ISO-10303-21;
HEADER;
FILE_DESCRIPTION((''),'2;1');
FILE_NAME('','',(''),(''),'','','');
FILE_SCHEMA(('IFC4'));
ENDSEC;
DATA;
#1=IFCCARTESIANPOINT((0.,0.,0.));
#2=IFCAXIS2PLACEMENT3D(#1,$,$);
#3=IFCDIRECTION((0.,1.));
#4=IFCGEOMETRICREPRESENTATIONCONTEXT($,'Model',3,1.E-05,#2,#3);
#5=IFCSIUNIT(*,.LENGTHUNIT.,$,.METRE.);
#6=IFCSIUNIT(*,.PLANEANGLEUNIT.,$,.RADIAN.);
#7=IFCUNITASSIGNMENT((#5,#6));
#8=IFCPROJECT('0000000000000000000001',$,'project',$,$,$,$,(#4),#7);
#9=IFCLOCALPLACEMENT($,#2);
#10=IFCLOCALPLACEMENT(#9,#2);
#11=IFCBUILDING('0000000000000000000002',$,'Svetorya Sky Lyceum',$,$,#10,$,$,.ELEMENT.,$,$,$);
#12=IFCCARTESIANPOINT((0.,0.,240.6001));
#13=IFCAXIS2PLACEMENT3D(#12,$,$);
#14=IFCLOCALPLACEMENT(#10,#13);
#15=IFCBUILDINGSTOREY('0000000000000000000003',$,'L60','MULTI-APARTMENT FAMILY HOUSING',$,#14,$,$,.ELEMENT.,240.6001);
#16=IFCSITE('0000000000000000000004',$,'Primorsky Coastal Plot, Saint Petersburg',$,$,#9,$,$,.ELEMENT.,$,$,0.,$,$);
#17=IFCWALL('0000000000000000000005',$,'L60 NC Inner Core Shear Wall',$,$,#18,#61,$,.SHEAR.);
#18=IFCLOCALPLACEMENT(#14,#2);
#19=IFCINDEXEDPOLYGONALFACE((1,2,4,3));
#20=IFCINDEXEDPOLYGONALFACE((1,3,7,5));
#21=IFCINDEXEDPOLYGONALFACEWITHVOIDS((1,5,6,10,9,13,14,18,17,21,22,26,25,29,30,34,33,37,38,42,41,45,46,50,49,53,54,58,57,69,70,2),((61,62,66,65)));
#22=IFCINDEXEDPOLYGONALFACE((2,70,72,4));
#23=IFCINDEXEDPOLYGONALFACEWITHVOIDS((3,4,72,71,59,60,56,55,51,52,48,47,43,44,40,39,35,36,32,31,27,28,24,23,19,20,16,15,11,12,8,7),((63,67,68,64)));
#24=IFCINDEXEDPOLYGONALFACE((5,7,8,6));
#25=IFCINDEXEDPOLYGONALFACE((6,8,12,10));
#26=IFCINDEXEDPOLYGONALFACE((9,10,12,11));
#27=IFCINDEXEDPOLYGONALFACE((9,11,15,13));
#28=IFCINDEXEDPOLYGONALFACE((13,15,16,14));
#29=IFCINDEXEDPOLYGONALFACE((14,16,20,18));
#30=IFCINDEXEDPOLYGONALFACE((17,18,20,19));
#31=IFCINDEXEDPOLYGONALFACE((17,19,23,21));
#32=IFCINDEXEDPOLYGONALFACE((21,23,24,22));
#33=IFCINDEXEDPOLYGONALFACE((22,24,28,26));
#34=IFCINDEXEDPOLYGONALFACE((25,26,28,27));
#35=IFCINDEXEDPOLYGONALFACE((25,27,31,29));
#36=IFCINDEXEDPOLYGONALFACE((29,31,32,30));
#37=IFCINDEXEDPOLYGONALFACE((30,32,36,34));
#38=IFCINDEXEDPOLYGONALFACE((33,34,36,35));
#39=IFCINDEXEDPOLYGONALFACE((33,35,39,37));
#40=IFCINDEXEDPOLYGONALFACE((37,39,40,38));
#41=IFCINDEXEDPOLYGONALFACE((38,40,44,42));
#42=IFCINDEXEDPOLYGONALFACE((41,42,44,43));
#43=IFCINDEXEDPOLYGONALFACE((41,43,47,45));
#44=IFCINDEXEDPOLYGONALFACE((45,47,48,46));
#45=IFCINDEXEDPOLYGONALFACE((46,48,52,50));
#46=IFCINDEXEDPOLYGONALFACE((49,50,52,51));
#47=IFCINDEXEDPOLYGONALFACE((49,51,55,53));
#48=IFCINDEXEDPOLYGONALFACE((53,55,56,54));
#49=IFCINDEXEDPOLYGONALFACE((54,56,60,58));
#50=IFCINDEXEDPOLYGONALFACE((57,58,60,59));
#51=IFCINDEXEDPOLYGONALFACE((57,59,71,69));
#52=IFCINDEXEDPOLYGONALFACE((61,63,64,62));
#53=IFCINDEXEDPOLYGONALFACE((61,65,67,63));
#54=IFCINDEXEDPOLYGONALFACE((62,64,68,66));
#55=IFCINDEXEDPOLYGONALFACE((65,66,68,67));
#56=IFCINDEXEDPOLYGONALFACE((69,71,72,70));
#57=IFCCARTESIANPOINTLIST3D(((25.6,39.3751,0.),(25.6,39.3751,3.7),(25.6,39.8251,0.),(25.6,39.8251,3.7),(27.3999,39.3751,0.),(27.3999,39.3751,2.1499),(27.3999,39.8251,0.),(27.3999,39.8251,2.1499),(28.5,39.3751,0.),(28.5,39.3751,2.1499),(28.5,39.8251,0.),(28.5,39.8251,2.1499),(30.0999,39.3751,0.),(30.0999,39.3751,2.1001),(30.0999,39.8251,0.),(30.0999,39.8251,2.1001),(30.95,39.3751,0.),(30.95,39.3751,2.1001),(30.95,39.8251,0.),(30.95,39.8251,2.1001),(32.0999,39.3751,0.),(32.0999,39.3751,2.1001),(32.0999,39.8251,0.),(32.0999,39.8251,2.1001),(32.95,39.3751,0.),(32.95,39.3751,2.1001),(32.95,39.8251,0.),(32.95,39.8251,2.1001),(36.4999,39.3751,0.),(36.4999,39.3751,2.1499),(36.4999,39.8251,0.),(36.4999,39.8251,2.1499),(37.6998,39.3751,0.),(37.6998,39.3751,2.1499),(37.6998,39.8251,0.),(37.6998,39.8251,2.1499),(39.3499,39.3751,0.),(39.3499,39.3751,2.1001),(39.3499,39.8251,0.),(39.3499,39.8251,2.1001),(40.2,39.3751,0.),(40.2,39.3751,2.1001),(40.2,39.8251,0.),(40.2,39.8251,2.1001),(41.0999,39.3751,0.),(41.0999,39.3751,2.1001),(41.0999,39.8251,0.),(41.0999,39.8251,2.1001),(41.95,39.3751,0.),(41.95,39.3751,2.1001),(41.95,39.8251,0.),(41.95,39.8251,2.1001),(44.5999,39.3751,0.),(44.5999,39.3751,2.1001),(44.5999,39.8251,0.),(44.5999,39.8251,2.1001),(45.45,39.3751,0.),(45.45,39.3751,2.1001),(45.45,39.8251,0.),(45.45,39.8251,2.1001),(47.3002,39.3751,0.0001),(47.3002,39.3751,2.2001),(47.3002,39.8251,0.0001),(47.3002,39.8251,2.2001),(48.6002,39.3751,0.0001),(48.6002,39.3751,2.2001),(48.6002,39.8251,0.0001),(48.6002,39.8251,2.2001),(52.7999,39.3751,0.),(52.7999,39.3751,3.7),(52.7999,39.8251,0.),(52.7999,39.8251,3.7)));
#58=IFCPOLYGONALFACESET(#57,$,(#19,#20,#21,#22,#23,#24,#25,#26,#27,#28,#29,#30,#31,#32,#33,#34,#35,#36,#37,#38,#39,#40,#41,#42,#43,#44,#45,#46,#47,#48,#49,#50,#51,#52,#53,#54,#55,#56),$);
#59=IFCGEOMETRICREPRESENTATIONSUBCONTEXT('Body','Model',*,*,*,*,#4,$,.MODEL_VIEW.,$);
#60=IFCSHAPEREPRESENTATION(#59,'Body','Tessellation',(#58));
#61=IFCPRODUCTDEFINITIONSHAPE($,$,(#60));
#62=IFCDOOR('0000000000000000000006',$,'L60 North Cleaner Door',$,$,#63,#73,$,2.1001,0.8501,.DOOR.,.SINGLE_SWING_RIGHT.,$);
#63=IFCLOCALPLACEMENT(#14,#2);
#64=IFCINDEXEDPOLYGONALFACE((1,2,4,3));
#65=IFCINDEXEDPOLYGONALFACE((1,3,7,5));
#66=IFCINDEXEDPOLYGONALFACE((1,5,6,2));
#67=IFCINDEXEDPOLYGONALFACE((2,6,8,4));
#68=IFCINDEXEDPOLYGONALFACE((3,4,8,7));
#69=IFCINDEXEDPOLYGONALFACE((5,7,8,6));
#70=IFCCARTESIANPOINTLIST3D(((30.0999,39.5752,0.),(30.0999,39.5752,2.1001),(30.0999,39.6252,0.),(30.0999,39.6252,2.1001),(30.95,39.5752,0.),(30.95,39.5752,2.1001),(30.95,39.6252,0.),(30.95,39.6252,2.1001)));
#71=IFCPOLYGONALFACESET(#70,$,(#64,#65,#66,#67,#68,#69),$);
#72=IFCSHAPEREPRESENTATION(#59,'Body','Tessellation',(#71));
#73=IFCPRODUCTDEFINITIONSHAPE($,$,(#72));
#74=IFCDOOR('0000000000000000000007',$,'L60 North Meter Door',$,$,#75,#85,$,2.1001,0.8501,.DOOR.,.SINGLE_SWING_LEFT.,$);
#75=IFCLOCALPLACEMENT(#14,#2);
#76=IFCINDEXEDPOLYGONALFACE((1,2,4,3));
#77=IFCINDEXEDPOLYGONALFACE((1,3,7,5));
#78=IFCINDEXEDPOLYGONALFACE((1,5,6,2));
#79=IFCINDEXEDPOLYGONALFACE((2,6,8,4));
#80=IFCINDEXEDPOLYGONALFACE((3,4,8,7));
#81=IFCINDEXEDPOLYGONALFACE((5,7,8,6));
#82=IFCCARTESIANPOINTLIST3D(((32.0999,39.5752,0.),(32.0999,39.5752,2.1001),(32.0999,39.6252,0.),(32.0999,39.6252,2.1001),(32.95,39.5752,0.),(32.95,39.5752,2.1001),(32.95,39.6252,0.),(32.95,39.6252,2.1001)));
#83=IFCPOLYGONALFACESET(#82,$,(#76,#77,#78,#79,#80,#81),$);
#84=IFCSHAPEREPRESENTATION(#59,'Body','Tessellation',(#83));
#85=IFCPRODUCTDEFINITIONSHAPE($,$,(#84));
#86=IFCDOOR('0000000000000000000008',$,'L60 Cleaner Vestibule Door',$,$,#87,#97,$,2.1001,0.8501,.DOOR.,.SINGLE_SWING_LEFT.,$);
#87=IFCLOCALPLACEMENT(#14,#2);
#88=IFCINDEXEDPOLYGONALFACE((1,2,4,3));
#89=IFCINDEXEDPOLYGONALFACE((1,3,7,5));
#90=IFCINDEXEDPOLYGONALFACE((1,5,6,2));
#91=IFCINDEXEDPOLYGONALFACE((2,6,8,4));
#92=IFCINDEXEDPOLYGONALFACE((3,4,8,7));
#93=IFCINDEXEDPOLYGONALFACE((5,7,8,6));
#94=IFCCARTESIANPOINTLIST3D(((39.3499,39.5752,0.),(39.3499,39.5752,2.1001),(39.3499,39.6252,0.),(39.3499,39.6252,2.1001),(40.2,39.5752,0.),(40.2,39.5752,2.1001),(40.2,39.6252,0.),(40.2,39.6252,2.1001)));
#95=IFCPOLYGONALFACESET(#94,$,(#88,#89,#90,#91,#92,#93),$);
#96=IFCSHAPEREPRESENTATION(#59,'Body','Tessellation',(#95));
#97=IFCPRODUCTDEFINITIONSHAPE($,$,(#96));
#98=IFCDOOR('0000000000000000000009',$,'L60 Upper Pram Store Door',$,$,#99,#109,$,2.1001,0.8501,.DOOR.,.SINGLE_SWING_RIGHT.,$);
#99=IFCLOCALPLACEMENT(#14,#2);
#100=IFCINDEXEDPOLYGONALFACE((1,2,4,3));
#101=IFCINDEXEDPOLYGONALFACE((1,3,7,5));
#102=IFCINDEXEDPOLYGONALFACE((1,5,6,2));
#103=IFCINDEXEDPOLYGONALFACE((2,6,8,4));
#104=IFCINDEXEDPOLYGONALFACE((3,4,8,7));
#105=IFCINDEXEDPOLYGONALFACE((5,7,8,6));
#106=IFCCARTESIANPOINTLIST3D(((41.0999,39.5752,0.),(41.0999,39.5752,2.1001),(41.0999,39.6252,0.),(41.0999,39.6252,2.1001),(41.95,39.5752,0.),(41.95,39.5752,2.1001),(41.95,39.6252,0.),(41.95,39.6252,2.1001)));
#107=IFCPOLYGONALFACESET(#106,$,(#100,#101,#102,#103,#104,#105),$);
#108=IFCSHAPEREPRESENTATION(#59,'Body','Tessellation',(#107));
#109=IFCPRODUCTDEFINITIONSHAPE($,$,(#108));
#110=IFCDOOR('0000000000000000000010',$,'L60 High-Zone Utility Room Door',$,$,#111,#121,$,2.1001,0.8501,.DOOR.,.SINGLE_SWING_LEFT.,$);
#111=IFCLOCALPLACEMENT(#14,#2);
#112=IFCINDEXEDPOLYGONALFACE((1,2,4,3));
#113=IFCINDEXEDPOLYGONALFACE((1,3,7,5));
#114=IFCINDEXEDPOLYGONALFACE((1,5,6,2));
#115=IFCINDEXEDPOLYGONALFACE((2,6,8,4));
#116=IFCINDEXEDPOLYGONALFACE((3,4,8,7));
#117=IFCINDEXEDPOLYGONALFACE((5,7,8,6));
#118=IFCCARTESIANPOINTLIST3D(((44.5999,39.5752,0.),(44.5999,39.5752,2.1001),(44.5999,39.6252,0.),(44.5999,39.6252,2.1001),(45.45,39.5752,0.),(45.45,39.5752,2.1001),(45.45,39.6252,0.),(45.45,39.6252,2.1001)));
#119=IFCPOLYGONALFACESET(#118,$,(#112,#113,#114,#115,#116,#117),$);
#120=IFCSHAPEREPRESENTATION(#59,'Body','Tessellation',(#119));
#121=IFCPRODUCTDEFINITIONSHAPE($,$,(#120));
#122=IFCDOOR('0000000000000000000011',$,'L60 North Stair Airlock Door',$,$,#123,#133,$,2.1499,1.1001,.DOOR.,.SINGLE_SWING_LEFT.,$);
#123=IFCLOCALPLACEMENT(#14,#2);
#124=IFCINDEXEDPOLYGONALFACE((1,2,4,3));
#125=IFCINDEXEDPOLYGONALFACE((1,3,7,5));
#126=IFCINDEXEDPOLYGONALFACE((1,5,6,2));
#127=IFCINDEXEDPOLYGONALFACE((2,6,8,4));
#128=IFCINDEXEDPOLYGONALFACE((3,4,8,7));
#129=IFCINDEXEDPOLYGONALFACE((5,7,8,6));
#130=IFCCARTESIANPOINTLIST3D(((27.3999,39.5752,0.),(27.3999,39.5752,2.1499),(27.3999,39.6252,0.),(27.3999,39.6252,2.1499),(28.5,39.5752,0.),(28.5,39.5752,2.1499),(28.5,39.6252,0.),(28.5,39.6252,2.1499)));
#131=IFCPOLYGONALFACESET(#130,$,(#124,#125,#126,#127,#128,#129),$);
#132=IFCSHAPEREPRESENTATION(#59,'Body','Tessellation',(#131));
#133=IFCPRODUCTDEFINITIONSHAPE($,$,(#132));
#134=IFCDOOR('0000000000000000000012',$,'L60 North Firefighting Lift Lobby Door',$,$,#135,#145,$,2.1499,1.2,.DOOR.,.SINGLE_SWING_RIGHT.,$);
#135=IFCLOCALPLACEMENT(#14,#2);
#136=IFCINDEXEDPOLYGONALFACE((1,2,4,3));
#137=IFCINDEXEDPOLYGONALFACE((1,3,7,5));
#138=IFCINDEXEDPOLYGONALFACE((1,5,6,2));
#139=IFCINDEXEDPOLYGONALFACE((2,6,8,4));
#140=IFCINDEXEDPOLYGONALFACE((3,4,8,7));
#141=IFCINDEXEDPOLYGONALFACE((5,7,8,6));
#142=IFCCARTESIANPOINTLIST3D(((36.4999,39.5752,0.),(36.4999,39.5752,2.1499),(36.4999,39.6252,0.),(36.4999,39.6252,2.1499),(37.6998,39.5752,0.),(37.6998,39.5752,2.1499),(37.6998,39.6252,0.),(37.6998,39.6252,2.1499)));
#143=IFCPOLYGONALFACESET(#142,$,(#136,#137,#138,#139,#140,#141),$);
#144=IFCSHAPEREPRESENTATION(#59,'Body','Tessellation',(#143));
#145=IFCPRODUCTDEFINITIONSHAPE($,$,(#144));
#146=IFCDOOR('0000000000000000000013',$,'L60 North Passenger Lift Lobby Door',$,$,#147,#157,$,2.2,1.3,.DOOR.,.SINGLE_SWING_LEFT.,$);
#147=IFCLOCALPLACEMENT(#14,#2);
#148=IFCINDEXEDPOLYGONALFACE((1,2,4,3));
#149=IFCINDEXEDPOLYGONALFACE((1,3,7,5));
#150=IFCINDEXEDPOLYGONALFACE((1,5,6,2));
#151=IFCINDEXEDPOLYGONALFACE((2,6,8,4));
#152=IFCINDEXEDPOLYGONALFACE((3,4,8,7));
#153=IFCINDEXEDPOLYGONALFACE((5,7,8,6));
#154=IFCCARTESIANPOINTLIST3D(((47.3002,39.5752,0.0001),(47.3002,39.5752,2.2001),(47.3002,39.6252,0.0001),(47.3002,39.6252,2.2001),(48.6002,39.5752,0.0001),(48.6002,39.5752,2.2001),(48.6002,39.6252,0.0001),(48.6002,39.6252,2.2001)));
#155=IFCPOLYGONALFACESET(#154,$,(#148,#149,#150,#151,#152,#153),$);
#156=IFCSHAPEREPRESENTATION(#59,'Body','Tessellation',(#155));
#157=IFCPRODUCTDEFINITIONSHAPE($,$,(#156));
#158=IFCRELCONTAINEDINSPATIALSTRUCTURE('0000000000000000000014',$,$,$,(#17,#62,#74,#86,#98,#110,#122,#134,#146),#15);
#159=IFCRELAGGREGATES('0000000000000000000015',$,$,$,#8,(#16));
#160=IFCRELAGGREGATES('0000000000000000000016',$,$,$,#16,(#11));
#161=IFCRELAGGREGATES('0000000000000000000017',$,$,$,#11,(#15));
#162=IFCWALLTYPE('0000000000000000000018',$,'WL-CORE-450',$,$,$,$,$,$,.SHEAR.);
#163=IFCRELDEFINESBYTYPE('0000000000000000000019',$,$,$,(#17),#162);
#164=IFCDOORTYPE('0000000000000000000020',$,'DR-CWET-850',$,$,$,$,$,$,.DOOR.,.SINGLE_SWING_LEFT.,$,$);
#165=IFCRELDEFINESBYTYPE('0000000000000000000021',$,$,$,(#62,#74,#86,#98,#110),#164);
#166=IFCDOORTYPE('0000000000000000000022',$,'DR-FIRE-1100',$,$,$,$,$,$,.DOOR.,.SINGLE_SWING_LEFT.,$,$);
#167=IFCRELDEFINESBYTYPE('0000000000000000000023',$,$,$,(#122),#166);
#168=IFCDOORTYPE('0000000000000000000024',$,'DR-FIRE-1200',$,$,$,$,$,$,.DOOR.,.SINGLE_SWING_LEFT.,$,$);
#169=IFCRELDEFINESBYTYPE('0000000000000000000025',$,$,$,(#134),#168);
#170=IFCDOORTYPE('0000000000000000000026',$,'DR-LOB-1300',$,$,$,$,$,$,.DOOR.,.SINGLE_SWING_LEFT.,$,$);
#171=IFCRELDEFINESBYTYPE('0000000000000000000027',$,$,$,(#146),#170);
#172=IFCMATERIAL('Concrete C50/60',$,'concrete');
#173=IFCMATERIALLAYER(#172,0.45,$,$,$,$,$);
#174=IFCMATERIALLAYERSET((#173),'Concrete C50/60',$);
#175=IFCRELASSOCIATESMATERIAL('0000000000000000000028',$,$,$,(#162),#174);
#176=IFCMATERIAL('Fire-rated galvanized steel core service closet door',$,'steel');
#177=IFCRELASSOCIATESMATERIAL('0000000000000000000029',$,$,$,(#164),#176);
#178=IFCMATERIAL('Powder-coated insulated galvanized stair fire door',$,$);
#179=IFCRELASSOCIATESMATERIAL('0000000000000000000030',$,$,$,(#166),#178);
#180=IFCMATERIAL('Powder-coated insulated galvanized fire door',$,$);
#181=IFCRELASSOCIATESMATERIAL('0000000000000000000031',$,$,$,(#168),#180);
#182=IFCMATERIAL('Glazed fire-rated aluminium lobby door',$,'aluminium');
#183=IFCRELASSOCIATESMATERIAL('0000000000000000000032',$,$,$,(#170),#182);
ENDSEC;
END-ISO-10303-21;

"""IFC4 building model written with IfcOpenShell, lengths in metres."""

from ifc_helpers import new_model, si_unit, direction, frame, frame_2d, origin, place, context, subcontext, project, spatial, rectangle, extrude, material, layer, layer_set, type_object, element, fill, save


model = new_model("IFC4")

# Units and contexts
model_context = context("Model", 3, precision=1e-05, world=origin(), true_north=direction((0.0, 1.0)))
body_context = subcontext(model_context, "Body", "Model", "MODEL_VIEW")
ifc_project = project(units=[si_unit("LENGTHUNIT", "METRE"), si_unit("PLANEANGLEUNIT", "RADIAN")], contexts=[model_context])

# Site, building, storey
site_placement = place(None, origin())
site = spatial("IfcSite", under=ifc_project, at=site_placement, Name="Primorsky Coastal Plot, Saint Petersburg", CompositionType="ELEMENT", RefElevation=0.0)
building_placement = place(site_placement, origin())
building = spatial("IfcBuilding", under=site, at=building_placement, Name="Svetorya Sky Lyceum", CompositionType="ELEMENT")
storey_placement = place(building_placement, frame((0.0, 0.0, 240.6001)))
storey = spatial("IfcBuildingStorey", under=building, at=storey_placement, Name="L60", Description="MULTI-APARTMENT FAMILY HOUSING", CompositionType="ELEMENT", Elevation=240.6001)

# Shared definitions
ifc_material_1 = material(Name="Concrete C50/60", Category="concrete")

# Wall, openings, doors
ifc_layer_1 = layer(ifc_material_1, 0.45)
ifc_layer_set_1 = layer_set([ifc_layer_1], Name="Concrete C50/60")
wall_type_1 = type_object("IfcWallType", Name="WL-CORE-450", PredefinedType="SHEAR", material=ifc_layer_set_1)
wall_1_placement = place(storey_placement, frame((52.8, 39.6001, 0.0), z_axis=(0.0, 0.0, 1.0), x_axis=(-1.0, 0.0, 0.0)))
wall_1 = element("IfcWall", 1, at=wall_1_placement, inside=storey, type_object=wall_type_1, Name="L60 NC Inner Core Shear Wall", PredefinedType="SHEAR", context=body_context, shape_type="SweptSolid", body=[
    extrude(rectangle(XDim=27.2, YDim=0.45, at=frame_2d((13.6001, 0.0))), origin(), (0.0, 0.0, 1.0), 3.7),
])
opening_1_placement = place(wall_1_placement, frame((24.3, 0.0, 0.0)))
opening_1 = element("IfcOpeningElement", 2, at=opening_1_placement, cuts=wall_1, PredefinedType="OPENING", context=body_context, shape_type="SweptSolid", body=[
    extrude(rectangle(XDim=1.1001, YDim=2.1499, at=frame_2d((0.55, 1.075))), frame((0.0, 0.2349, 0.0), z_axis=(0.0, -1.0, 0.0), x_axis=(1.0, 0.0, 0.0)), (0.0, 0.0, 1.0), 0.47),
])
opening_2_placement = place(wall_1_placement, frame((21.8501, 0.0, 0.0)))
opening_2 = element("IfcOpeningElement", 3, at=opening_2_placement, cuts=wall_1, PredefinedType="OPENING", context=body_context, shape_type="SweptSolid", body=[
    extrude(rectangle(XDim=0.8501, YDim=2.1001, at=frame_2d((0.425, 1.05))), frame((0.0, 0.2349, 0.0), z_axis=(0.0, -1.0, 0.0), x_axis=(1.0, 0.0, 0.0)), (0.0, 0.0, 1.0), 0.47),
])
opening_3_placement = place(wall_1_placement, frame((19.8501, 0.0, 0.0)))
opening_3 = element("IfcOpeningElement", 4, at=opening_3_placement, cuts=wall_1, PredefinedType="OPENING", context=body_context, shape_type="SweptSolid", body=[
    extrude(rectangle(XDim=0.8501, YDim=2.1001, at=frame_2d((0.425, 1.05))), frame((0.0, 0.2349, 0.0), z_axis=(0.0, -1.0, 0.0), x_axis=(1.0, 0.0, 0.0)), (0.0, 0.0, 1.0), 0.47),
])
opening_4_placement = place(wall_1_placement, frame((15.1001, 0.0, 0.0)))
opening_4 = element("IfcOpeningElement", 5, at=opening_4_placement, cuts=wall_1, PredefinedType="OPENING", context=body_context, shape_type="SweptSolid", body=[
    extrude(rectangle(XDim=1.2, YDim=2.1499, at=frame_2d((0.6001, 1.075))), frame((0.0, 0.2349, 0.0), z_axis=(0.0, -1.0, 0.0), x_axis=(1.0, 0.0, 0.0)), (0.0, 0.0, 1.0), 0.47),
])
opening_5_placement = place(wall_1_placement, frame((12.6001, 0.0, 0.0)))
opening_5 = element("IfcOpeningElement", 6, at=opening_5_placement, cuts=wall_1, PredefinedType="OPENING", context=body_context, shape_type="SweptSolid", body=[
    extrude(rectangle(XDim=0.8501, YDim=2.1001, at=frame_2d((0.425, 1.05))), frame((0.0, 0.2349, 0.0), z_axis=(0.0, -1.0, 0.0), x_axis=(1.0, 0.0, 0.0)), (0.0, 0.0, 1.0), 0.47),
])
opening_6_placement = place(wall_1_placement, frame((10.8501, 0.0, 0.0)))
opening_6 = element("IfcOpeningElement", 7, at=opening_6_placement, cuts=wall_1, PredefinedType="OPENING", context=body_context, shape_type="SweptSolid", body=[
    extrude(rectangle(XDim=0.8501, YDim=2.1001, at=frame_2d((0.425, 1.05))), frame((0.0, 0.2349, 0.0), z_axis=(0.0, -1.0, 0.0), x_axis=(1.0, 0.0, 0.0)), (0.0, 0.0, 1.0), 0.47),
])
opening_7_placement = place(wall_1_placement, frame((7.3501, 0.0, 0.0)))
opening_7 = element("IfcOpeningElement", 8, at=opening_7_placement, cuts=wall_1, PredefinedType="OPENING", context=body_context, shape_type="SweptSolid", body=[
    extrude(rectangle(XDim=0.8501, YDim=2.1001, at=frame_2d((0.425, 1.05))), frame((0.0, 0.2349, 0.0), z_axis=(0.0, -1.0, 0.0), x_axis=(1.0, 0.0, 0.0)), (0.0, 0.0, 1.0), 0.47),
])
opening_8_placement = place(wall_1_placement, frame((4.2, 0.0, 0.0)))
opening_8 = element("IfcOpeningElement", 9, at=opening_8_placement, cuts=wall_1, PredefinedType="OPENING", context=body_context, shape_type="SweptSolid", body=[
    extrude(rectangle(XDim=1.3, YDim=2.2, at=frame_2d((0.6499, 1.1001))), frame((0.0, 0.2349, 0.0), z_axis=(0.0, -1.0, 0.0), x_axis=(1.0, 0.0, 0.0)), (0.0, 0.0, 1.0), 0.47),
])
ifc_material_2 = material(Name="Fire-rated galvanized steel core service closet door", Category="steel")
door_type_1 = type_object("IfcDoorType", Name="DR-CWET-850", OperationType="SINGLE_SWING_LEFT", PredefinedType="DOOR", material=ifc_material_2)
door_1_placement = place(opening_2_placement, origin())
door_1 = element("IfcDoor", 10, at=door_1_placement, inside=storey, type_object=door_type_1, Name="L60 North Cleaner Door", OperationType="SINGLE_SWING_RIGHT", OverallHeight=2.1001, OverallWidth=0.8501, PredefinedType="DOOR", context=body_context, shape_type="SweptSolid", body=[
    extrude(rectangle(XDim=0.8501, YDim=2.1001, at=frame_2d((0.425, 1.05))), frame((0.0, 0.0249, 0.0), z_axis=(0.0, -1.0, 0.0), x_axis=(1.0, 0.0, 0.0)), (0.0, 0.0, 1.0), 0.05),
])
fill(opening_2, door_1)
door_2_placement = place(opening_3_placement, origin())
door_2 = element("IfcDoor", 11, at=door_2_placement, inside=storey, type_object=door_type_1, Name="L60 North Meter Door", OperationType="SINGLE_SWING_LEFT", OverallHeight=2.1001, OverallWidth=0.8501, PredefinedType="DOOR", context=body_context, shape_type="SweptSolid", body=[
    extrude(rectangle(XDim=0.8501, YDim=2.1001, at=frame_2d((0.425, 1.05))), frame((0.0, 0.0249, 0.0), z_axis=(0.0, -1.0, 0.0), x_axis=(1.0, 0.0, 0.0)), (0.0, 0.0, 1.0), 0.05),
])
fill(opening_3, door_2)
door_3_placement = place(opening_5_placement, origin())
door_3 = element("IfcDoor", 12, at=door_3_placement, inside=storey, type_object=door_type_1, Name="L60 Cleaner Vestibule Door", OperationType="SINGLE_SWING_LEFT", OverallHeight=2.1001, OverallWidth=0.8501, PredefinedType="DOOR", context=body_context, shape_type="SweptSolid", body=[
    extrude(rectangle(XDim=0.8501, YDim=2.1001, at=frame_2d((0.425, 1.05))), frame((0.0, 0.0249, 0.0), z_axis=(0.0, -1.0, 0.0), x_axis=(1.0, 0.0, 0.0)), (0.0, 0.0, 1.0), 0.05),
])
fill(opening_5, door_3)
door_4_placement = place(opening_6_placement, origin())
door_4 = element("IfcDoor", 13, at=door_4_placement, inside=storey, type_object=door_type_1, Name="L60 Upper Pram Store Door", OperationType="SINGLE_SWING_RIGHT", OverallHeight=2.1001, OverallWidth=0.8501, PredefinedType="DOOR", context=body_context, shape_type="SweptSolid", body=[
    extrude(rectangle(XDim=0.8501, YDim=2.1001, at=frame_2d((0.425, 1.05))), frame((0.0, 0.0249, 0.0), z_axis=(0.0, -1.0, 0.0), x_axis=(1.0, 0.0, 0.0)), (0.0, 0.0, 1.0), 0.05),
])
fill(opening_6, door_4)
door_5_placement = place(opening_7_placement, origin())
door_5 = element("IfcDoor", 14, at=door_5_placement, inside=storey, type_object=door_type_1, Name="L60 High-Zone Utility Room Door", OperationType="SINGLE_SWING_LEFT", OverallHeight=2.1001, OverallWidth=0.8501, PredefinedType="DOOR", context=body_context, shape_type="SweptSolid", body=[
    extrude(rectangle(XDim=0.8501, YDim=2.1001, at=frame_2d((0.425, 1.05))), frame((0.0, 0.0249, 0.0), z_axis=(0.0, -1.0, 0.0), x_axis=(1.0, 0.0, 0.0)), (0.0, 0.0, 1.0), 0.05),
])
fill(opening_7, door_5)
ifc_material_3 = material(Name="Powder-coated insulated galvanized stair fire door")
door_type_2 = type_object("IfcDoorType", Name="DR-FIRE-1100", OperationType="SINGLE_SWING_LEFT", PredefinedType="DOOR", material=ifc_material_3)
door_6_placement = place(opening_1_placement, origin())
door_6 = element("IfcDoor", 15, at=door_6_placement, inside=storey, type_object=door_type_2, Name="L60 North Stair Airlock Door", OperationType="SINGLE_SWING_LEFT", OverallHeight=2.1499, OverallWidth=1.1001, PredefinedType="DOOR", context=body_context, shape_type="SweptSolid", body=[
    extrude(rectangle(XDim=1.1001, YDim=2.1499, at=frame_2d((0.55, 1.075))), frame((0.0, 0.0249, 0.0), z_axis=(0.0, -1.0, 0.0), x_axis=(1.0, 0.0, 0.0)), (0.0, 0.0, 1.0), 0.05),
])
fill(opening_1, door_6)
ifc_material_4 = material(Name="Powder-coated insulated galvanized fire door")
door_type_3 = type_object("IfcDoorType", Name="DR-FIRE-1200", OperationType="SINGLE_SWING_LEFT", PredefinedType="DOOR", material=ifc_material_4)
door_7_placement = place(opening_4_placement, origin())
door_7 = element("IfcDoor", 16, at=door_7_placement, inside=storey, type_object=door_type_3, Name="L60 North Firefighting Lift Lobby Door", OperationType="SINGLE_SWING_RIGHT", OverallHeight=2.1499, OverallWidth=1.2, PredefinedType="DOOR", context=body_context, shape_type="SweptSolid", body=[
    extrude(rectangle(XDim=1.2, YDim=2.1499, at=frame_2d((0.6001, 1.075))), frame((0.0, 0.0249, 0.0), z_axis=(0.0, -1.0, 0.0), x_axis=(1.0, 0.0, 0.0)), (0.0, 0.0, 1.0), 0.05),
])
fill(opening_4, door_7)
ifc_material_5 = material(Name="Glazed fire-rated aluminium lobby door", Category="aluminium")
door_type_4 = type_object("IfcDoorType", Name="DR-LOB-1300", OperationType="SINGLE_SWING_LEFT", PredefinedType="DOOR", material=ifc_material_5)
door_8_placement = place(opening_8_placement, origin())
door_8 = element("IfcDoor", 17, at=door_8_placement, inside=storey, type_object=door_type_4, Name="L60 North Passenger Lift Lobby Door", OperationType="SINGLE_SWING_LEFT", OverallHeight=2.2, OverallWidth=1.3, PredefinedType="DOOR", context=body_context, shape_type="SweptSolid", body=[
    extrude(rectangle(XDim=1.3, YDim=2.2, at=frame_2d((0.6499, 1.1001))), frame((0.0, 0.0249, 0.0), z_axis=(0.0, -1.0, 0.0), x_axis=(1.0, 0.0, 0.0)), (0.0, 0.0, 1.0), 0.05),
])
fill(opening_8, door_8)

save(model, "model.ifc")
